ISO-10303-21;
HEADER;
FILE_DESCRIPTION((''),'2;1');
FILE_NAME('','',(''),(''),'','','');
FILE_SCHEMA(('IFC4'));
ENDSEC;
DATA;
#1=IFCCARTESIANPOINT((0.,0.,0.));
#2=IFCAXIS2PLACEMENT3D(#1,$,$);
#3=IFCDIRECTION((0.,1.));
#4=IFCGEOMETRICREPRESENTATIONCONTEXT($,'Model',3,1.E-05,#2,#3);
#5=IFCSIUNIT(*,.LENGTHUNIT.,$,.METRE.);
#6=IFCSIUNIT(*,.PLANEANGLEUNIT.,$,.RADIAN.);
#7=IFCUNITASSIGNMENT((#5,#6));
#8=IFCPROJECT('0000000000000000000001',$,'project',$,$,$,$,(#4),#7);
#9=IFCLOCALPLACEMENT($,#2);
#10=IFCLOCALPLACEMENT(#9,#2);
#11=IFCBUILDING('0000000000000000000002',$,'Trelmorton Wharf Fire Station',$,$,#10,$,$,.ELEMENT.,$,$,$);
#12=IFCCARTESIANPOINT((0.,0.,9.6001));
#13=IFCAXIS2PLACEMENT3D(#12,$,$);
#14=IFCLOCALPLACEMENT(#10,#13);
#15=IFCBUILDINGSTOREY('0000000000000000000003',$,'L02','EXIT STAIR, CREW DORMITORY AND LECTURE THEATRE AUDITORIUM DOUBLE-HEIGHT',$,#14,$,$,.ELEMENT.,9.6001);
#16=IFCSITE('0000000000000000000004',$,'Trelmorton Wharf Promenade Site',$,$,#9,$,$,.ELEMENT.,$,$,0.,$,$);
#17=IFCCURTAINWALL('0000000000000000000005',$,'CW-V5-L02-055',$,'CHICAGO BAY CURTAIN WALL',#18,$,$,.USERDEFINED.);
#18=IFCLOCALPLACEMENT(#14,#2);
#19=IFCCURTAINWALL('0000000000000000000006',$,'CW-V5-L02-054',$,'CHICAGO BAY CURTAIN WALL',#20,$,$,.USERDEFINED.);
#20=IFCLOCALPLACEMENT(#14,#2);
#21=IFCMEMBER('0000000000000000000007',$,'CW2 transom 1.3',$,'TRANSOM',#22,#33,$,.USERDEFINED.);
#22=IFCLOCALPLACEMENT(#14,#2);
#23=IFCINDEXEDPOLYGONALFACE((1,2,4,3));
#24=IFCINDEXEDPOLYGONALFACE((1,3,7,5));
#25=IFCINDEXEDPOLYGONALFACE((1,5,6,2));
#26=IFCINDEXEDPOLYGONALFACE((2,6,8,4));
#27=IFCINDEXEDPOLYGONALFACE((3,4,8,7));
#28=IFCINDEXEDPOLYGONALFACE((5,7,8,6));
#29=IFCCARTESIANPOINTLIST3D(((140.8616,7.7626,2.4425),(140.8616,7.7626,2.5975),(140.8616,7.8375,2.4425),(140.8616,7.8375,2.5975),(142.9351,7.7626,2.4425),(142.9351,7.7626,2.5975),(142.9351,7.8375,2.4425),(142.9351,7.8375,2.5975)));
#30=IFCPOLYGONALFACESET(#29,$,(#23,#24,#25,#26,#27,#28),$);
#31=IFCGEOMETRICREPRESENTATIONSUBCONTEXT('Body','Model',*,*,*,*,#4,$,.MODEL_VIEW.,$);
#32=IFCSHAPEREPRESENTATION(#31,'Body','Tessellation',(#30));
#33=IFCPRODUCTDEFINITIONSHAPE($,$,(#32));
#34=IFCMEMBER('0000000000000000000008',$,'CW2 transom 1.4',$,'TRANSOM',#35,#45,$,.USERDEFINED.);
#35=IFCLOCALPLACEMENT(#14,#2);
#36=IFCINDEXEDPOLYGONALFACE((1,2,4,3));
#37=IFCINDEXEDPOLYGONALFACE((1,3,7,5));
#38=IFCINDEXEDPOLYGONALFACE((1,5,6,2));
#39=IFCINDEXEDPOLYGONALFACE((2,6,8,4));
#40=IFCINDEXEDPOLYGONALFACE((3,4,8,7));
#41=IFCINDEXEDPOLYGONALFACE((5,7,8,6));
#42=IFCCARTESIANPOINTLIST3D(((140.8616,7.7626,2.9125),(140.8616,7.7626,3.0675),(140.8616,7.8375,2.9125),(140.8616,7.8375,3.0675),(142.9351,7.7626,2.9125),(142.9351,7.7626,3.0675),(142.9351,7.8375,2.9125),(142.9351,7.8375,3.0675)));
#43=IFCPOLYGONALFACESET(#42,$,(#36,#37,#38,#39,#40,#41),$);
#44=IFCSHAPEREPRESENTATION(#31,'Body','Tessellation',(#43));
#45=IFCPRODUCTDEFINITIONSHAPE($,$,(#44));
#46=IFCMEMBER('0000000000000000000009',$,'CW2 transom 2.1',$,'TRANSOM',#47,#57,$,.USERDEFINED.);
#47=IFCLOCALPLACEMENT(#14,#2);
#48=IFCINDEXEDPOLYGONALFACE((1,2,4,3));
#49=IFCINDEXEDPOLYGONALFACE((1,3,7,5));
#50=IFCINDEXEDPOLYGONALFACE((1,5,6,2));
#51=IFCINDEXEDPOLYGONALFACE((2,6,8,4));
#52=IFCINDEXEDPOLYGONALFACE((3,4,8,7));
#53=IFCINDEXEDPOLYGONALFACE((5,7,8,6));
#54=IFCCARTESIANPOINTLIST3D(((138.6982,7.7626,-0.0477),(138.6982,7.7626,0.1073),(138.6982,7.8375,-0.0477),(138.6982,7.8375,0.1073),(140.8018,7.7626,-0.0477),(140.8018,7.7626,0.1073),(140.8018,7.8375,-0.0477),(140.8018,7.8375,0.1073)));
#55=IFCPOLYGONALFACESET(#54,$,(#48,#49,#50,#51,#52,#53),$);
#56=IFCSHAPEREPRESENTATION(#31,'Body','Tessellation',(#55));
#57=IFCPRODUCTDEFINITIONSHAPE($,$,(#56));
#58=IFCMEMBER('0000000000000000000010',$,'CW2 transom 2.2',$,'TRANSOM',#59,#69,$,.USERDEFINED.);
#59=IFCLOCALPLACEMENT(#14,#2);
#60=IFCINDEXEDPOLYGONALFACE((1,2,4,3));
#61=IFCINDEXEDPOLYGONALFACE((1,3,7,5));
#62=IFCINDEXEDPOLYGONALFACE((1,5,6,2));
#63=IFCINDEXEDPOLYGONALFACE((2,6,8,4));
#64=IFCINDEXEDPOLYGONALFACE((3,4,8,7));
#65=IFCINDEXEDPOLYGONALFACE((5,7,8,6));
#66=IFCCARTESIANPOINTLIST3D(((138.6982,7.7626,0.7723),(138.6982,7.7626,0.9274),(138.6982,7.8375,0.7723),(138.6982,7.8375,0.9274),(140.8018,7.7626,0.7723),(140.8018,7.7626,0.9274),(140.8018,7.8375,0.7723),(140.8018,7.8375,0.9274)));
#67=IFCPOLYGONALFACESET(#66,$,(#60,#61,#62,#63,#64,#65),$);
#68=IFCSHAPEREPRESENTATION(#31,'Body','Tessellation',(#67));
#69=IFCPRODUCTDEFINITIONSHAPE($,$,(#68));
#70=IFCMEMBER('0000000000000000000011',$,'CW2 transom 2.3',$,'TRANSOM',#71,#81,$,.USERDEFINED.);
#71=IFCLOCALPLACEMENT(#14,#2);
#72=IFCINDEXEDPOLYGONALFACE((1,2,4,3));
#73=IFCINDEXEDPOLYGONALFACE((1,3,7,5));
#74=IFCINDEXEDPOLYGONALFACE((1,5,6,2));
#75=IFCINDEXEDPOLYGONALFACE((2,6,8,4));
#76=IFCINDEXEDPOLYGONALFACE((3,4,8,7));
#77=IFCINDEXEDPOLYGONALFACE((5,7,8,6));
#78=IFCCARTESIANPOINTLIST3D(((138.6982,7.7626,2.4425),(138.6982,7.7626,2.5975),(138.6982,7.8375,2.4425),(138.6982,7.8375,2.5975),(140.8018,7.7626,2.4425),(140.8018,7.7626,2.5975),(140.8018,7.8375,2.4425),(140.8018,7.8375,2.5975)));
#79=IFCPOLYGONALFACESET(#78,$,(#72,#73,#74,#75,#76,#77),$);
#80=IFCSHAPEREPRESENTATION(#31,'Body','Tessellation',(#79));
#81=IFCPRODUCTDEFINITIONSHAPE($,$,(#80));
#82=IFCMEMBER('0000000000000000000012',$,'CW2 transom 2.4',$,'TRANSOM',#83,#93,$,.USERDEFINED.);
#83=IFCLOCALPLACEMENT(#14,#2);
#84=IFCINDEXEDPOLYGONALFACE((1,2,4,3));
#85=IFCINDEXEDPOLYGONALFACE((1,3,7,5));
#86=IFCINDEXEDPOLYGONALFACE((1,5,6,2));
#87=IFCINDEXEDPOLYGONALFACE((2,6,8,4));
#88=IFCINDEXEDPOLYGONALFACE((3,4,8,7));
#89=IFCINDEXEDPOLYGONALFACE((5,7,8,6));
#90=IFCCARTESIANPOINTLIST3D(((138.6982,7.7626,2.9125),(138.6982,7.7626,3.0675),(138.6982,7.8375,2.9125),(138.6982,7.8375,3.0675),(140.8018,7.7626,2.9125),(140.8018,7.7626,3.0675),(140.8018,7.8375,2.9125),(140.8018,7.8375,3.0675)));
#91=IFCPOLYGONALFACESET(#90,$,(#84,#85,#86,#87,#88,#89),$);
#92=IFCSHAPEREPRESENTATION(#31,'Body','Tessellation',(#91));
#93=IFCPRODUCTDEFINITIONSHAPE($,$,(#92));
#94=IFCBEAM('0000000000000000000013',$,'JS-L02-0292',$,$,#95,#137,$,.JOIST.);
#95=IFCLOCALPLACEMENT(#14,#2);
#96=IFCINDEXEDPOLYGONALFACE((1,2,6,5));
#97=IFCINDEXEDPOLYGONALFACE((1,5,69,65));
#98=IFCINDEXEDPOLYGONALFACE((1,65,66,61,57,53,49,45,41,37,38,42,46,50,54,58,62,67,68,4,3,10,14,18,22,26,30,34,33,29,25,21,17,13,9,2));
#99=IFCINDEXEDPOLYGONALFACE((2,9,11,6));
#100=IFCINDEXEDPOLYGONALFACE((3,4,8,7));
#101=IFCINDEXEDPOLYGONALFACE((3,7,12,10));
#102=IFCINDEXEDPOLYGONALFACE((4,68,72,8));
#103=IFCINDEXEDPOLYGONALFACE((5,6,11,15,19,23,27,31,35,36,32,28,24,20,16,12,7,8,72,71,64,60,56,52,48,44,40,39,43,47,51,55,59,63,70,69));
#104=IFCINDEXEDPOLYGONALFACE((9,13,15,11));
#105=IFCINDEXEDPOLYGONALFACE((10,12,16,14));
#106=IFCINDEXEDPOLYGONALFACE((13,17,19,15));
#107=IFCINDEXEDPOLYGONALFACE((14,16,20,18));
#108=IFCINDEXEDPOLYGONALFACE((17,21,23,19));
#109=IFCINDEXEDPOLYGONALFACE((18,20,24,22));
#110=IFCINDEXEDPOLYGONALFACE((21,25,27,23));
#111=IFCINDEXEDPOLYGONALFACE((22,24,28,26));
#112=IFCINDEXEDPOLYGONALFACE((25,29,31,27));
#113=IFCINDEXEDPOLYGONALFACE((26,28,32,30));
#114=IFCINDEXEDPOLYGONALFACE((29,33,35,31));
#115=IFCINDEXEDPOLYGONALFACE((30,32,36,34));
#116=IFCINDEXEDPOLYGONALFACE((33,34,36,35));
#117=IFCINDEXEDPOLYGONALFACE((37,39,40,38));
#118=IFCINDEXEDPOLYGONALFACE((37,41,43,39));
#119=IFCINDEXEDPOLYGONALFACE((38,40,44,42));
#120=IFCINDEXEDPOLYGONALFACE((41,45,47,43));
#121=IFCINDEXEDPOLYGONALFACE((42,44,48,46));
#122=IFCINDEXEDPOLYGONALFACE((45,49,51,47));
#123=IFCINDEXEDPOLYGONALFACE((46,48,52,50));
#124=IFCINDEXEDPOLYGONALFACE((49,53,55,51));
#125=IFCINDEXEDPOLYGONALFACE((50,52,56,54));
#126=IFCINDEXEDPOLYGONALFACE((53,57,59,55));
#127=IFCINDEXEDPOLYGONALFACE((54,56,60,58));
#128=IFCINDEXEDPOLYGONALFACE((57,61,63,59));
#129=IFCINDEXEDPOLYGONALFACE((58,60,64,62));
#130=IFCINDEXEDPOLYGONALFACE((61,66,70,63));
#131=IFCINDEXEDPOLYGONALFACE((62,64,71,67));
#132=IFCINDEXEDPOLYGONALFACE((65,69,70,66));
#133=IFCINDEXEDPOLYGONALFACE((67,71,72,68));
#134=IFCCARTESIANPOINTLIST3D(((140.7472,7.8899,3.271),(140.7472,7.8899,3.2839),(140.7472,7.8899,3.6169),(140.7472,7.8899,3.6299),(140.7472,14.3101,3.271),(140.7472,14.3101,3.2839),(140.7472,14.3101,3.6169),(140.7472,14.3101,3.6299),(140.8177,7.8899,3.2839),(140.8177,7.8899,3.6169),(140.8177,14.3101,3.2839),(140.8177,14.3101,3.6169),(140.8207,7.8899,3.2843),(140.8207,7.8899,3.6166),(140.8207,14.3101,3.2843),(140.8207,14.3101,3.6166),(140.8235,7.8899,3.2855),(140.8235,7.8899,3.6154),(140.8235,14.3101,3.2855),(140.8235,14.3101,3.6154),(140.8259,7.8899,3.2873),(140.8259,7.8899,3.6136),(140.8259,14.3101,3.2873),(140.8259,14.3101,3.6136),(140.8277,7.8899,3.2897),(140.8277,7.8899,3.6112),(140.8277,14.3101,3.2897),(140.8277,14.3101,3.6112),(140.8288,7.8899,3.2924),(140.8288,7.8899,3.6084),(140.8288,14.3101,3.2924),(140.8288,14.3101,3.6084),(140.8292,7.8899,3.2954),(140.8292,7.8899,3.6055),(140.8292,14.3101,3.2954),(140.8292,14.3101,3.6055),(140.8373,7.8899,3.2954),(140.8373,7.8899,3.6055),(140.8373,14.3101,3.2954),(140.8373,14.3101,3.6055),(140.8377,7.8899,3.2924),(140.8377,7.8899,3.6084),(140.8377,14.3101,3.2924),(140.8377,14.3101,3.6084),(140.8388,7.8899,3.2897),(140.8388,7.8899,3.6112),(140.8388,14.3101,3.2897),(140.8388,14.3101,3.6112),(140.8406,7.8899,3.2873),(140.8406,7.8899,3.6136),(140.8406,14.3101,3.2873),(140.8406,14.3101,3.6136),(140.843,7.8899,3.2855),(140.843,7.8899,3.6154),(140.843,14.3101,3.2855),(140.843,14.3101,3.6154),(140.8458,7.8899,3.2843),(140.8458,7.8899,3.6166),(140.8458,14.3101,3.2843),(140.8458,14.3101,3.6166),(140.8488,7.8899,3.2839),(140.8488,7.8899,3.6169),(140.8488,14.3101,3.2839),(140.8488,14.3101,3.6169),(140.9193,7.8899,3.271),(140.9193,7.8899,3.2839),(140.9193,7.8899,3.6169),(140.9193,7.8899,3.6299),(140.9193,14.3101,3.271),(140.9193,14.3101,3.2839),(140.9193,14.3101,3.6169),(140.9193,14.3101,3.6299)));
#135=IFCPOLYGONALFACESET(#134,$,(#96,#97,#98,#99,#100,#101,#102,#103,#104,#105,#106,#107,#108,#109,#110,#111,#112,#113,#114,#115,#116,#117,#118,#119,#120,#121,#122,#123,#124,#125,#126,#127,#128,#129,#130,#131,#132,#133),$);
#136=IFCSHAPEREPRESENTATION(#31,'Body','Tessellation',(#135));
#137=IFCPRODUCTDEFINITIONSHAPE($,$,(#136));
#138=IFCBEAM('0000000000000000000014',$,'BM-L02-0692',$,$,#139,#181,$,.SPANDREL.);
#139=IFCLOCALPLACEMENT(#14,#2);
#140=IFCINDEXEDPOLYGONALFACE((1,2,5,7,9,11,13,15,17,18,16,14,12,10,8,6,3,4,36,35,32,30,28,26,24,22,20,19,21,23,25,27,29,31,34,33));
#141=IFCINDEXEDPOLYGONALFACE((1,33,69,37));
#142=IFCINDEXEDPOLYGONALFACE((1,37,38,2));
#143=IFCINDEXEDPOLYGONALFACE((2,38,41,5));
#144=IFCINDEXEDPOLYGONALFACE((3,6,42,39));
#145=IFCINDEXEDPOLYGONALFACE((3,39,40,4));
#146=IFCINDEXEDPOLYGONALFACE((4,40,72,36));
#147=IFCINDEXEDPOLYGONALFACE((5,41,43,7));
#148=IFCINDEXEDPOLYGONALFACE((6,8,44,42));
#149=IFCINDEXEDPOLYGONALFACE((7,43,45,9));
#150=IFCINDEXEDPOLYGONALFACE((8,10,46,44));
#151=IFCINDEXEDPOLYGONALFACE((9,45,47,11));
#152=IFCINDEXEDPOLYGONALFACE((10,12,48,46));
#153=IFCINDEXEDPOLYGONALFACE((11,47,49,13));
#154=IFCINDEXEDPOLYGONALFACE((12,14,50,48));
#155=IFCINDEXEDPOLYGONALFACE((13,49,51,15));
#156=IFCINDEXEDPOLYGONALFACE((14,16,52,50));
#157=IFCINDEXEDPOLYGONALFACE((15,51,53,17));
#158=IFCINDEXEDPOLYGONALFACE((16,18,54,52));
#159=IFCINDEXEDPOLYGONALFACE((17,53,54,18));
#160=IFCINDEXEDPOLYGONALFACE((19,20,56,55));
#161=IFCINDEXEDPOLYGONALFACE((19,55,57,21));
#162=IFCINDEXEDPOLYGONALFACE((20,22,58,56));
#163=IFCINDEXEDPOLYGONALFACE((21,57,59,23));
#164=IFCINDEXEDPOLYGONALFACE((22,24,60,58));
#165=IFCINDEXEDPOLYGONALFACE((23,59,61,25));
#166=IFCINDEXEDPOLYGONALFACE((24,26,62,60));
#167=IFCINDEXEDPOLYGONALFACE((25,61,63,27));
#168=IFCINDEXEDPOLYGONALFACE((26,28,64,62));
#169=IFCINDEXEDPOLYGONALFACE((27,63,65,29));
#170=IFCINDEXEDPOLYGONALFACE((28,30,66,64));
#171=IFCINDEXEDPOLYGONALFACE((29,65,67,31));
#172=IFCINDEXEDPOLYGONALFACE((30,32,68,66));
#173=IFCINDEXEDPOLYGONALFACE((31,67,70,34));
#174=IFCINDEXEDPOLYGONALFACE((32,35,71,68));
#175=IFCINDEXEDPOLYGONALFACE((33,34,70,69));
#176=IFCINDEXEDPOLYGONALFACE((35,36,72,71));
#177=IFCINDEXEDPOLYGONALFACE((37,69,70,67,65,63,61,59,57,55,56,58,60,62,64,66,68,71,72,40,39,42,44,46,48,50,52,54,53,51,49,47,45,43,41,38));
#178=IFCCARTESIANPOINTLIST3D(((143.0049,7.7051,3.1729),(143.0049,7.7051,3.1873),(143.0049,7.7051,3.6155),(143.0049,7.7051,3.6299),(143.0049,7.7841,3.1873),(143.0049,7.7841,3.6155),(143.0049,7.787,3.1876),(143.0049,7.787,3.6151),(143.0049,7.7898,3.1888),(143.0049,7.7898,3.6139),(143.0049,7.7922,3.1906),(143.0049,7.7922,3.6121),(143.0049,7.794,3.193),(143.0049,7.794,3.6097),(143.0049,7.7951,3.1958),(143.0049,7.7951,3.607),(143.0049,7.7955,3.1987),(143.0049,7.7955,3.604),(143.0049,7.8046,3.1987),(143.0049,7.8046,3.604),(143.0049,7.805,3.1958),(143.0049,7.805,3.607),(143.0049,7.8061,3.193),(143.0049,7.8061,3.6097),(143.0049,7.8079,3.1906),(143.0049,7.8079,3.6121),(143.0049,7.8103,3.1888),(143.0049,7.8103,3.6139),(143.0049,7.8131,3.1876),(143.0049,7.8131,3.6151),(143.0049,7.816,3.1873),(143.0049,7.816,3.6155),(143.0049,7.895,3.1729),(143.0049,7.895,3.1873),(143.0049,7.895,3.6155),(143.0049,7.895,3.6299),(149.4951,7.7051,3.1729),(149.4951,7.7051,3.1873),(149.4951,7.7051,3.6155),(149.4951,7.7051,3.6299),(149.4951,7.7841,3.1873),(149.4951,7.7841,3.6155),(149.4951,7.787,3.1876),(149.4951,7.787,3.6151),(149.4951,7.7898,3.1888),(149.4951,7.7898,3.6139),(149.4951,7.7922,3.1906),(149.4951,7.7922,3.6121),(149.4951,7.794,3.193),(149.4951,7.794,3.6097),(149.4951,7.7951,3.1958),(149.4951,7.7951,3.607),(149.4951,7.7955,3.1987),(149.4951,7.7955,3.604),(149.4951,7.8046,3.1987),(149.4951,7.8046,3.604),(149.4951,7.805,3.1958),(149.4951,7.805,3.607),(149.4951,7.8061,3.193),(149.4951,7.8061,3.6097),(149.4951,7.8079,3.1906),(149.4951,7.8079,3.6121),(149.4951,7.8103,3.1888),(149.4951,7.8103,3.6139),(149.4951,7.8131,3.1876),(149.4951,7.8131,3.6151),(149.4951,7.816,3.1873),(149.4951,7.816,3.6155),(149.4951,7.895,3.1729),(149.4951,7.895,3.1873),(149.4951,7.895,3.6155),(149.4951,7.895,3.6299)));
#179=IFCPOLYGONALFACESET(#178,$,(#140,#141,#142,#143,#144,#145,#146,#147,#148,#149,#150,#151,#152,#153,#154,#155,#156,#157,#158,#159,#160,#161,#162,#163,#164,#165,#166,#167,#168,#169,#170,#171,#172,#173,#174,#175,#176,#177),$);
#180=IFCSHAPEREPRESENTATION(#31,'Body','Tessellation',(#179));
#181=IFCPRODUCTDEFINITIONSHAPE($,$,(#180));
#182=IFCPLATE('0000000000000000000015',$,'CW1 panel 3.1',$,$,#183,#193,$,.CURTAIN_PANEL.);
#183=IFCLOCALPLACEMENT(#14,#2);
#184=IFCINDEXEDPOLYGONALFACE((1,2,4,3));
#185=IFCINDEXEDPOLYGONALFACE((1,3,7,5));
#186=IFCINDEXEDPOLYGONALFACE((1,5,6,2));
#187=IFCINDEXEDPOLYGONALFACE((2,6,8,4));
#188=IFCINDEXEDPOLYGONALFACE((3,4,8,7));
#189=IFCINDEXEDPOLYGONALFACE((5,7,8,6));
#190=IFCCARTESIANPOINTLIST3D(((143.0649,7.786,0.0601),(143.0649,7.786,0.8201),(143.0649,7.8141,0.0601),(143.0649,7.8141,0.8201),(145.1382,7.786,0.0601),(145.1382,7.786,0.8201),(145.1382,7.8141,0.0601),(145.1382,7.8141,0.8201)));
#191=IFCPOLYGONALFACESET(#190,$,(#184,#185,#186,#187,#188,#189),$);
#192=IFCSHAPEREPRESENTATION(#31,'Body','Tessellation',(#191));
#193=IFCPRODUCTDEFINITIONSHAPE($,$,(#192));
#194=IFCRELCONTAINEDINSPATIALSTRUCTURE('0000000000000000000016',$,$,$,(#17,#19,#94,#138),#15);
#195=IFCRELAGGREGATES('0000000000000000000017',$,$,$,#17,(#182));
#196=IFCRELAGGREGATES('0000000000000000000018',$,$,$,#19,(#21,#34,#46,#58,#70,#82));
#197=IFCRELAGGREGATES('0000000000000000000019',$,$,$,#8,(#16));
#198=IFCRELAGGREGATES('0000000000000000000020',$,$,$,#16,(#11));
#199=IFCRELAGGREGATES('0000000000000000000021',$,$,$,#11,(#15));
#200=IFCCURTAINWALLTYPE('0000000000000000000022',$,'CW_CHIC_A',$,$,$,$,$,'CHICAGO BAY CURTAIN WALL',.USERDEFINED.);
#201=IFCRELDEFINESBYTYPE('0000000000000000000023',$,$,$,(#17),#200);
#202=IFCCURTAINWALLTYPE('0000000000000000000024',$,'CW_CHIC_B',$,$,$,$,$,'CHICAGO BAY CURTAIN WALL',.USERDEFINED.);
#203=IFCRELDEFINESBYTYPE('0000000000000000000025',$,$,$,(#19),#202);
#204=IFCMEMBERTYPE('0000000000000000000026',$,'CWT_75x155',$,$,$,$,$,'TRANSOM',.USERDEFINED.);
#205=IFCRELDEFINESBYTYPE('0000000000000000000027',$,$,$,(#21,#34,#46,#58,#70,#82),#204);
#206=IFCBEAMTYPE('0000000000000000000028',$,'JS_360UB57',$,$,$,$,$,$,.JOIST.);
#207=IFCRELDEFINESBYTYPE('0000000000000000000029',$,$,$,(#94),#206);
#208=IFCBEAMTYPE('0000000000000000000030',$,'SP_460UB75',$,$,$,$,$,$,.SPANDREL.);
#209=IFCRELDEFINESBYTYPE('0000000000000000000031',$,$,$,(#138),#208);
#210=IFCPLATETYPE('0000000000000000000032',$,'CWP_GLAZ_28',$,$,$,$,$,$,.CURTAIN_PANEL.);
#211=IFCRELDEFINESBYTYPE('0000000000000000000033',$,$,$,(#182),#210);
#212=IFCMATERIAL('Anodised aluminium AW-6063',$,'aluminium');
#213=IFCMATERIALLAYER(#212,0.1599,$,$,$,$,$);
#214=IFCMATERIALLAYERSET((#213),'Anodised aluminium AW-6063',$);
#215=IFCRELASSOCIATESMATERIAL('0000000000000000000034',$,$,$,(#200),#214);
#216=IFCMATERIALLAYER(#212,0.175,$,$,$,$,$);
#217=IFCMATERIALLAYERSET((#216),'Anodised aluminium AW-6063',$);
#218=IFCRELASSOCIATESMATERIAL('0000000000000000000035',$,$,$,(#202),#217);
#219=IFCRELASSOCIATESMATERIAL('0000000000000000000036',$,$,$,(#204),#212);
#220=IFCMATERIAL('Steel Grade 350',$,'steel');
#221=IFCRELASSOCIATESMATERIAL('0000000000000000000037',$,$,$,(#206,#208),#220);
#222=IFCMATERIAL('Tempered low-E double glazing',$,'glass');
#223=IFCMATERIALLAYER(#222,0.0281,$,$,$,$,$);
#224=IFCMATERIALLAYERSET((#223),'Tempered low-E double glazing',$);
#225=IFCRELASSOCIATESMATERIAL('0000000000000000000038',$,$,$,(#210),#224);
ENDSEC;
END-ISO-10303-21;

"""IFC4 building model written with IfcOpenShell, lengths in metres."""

from ifc_helpers import new_model, si_unit, direction, frame, origin, origin_2d, place, context, subcontext, project, spatial, rectangle, i_section, extrude, material, layer, layer_set, material_profile, profile_set, type_object, element, aggregate, save


model = new_model("IFC4")

# Units and contexts
model_context = context("Model", 3, precision=1e-05, world=origin(), true_north=direction((0.0, 1.0)))
body_context = subcontext(model_context, "Body", "Model", "MODEL_VIEW")
ifc_project = project(units=[si_unit("LENGTHUNIT", "METRE"), si_unit("PLANEANGLEUNIT", "RADIAN")], contexts=[model_context])

# Site, building, storey
site_placement = place(None, origin())
site = spatial("IfcSite", under=ifc_project, at=site_placement, Name="Trelmorton Wharf Promenade Site", CompositionType="ELEMENT", RefElevation=0.0)
building_placement = place(site_placement, origin())
building = spatial("IfcBuilding", under=site, at=building_placement, Name="Trelmorton Wharf Fire Station", CompositionType="ELEMENT")
storey_placement = place(building_placement, frame((0.0, 0.0, 9.6001)))
storey = spatial("IfcBuildingStorey", under=building, at=storey_placement, Name="L02", Description="EXIT STAIR, CREW DORMITORY AND LECTURE THEATRE AUDITORIUM DOUBLE-HEIGHT", CompositionType="ELEMENT", Elevation=9.6001)

# Shared definitions
ifc_material_1 = material(Name="Steel Grade 350", Category="steel")

# Curtain wall
ifc_material_2 = material(Name="Anodised aluminium AW-6063", Category="aluminium")
ifc_layer_1 = layer(ifc_material_2, 0.1599)
ifc_layer_set_1 = layer_set([ifc_layer_1], Name="Anodised aluminium AW-6063")
curtain_wall_type_1 = type_object("IfcCurtainWallType", Name="CW_CHIC_A", ElementType="CHICAGO BAY CURTAIN WALL", PredefinedType="USERDEFINED", material=ifc_layer_set_1)
curtain_wall_1_placement = place(storey_placement, origin())
curtain_wall_1 = element("IfcCurtainWall", 1, at=curtain_wall_1_placement, inside=storey, type_object=curtain_wall_type_1, Name="CW-V5-L02-055", ObjectType="CHICAGO BAY CURTAIN WALL", PredefinedType="USERDEFINED")

# Curtain wall
ifc_layer_2 = layer(ifc_material_2, 0.175)
ifc_layer_set_2 = layer_set([ifc_layer_2], Name="Anodised aluminium AW-6063")
curtain_wall_type_2 = type_object("IfcCurtainWallType", Name="CW_CHIC_B", ElementType="CHICAGO BAY CURTAIN WALL", PredefinedType="USERDEFINED", material=ifc_layer_set_2)
curtain_wall_2_placement = place(storey_placement, origin())
curtain_wall_2 = element("IfcCurtainWall", 2, at=curtain_wall_2_placement, inside=storey, type_object=curtain_wall_type_2, Name="CW-V5-L02-054", ObjectType="CHICAGO BAY CURTAIN WALL", PredefinedType="USERDEFINED")

# Members
ifc_material_profile_1 = material_profile(ifc_material_2, rectangle(XDim=0.075, YDim=0.155, at=origin_2d()), Name="ALU-75x155")
ifc_profile_set_1 = profile_set([ifc_material_profile_1], Name="Anodised aluminium AW-6063")
member_type_1 = type_object("IfcMemberType", Name="CWT_75x155", ElementType="TRANSOM", PredefinedType="USERDEFINED", material=ifc_profile_set_1)
member_1_placement = place(storey_placement, frame((142.9351, 7.8, 2.52), z_axis=(-1.0, 0.0, 0.0), x_axis=(0.0, -1.0, 0.0)))
member_1 = element("IfcMember", 3, at=member_1_placement, type_object=member_type_1, Name="CW2 transom 1.3", ObjectType="TRANSOM", PredefinedType="USERDEFINED", context=body_context, shape_type="SweptSolid", body=[
    extrude(rectangle(XDim=0.075, YDim=0.155, at=origin_2d()), origin(), (0.0, 0.0, 1.0), 2.0735),
])
member_2_placement = place(storey_placement, frame((142.9351, 7.8, 2.99), z_axis=(-1.0, 0.0, 0.0), x_axis=(0.0, -1.0, 0.0)))
member_2 = element("IfcMember", 4, at=member_2_placement, type_object=member_type_1, Name="CW2 transom 1.4", ObjectType="TRANSOM", PredefinedType="USERDEFINED", context=body_context, shape_type="SweptSolid", body=[
    extrude(rectangle(XDim=0.075, YDim=0.155, at=origin_2d()), origin(), (0.0, 0.0, 1.0), 2.0735),
])
member_3_placement = place(storey_placement, frame((140.8018, 7.8, 0.0298), z_axis=(-1.0, 0.0, 0.0), x_axis=(0.0, -1.0, 0.0)))
member_3 = element("IfcMember", 5, at=member_3_placement, type_object=member_type_1, Name="CW2 transom 2.1", ObjectType="TRANSOM", PredefinedType="USERDEFINED", context=body_context, shape_type="SweptSolid", body=[
    extrude(rectangle(XDim=0.075, YDim=0.155, at=origin_2d()), origin(), (0.0, 0.0, 1.0), 2.1035),
])
member_4_placement = place(storey_placement, frame((140.8018, 7.8, 0.8499), z_axis=(-1.0, 0.0, 0.0), x_axis=(0.0, -1.0, 0.0)))
member_4 = element("IfcMember", 6, at=member_4_placement, type_object=member_type_1, Name="CW2 transom 2.2", ObjectType="TRANSOM", PredefinedType="USERDEFINED", context=body_context, shape_type="SweptSolid", body=[
    extrude(rectangle(XDim=0.075, YDim=0.155, at=origin_2d()), origin(), (0.0, 0.0, 1.0), 2.1035),
])
member_5_placement = place(storey_placement, frame((140.8018, 7.8, 2.52), z_axis=(-1.0, 0.0, 0.0), x_axis=(0.0, -1.0, 0.0)))
member_5 = element("IfcMember", 7, at=member_5_placement, type_object=member_type_1, Name="CW2 transom 2.3", ObjectType="TRANSOM", PredefinedType="USERDEFINED", context=body_context, shape_type="SweptSolid", body=[
    extrude(rectangle(XDim=0.075, YDim=0.155, at=origin_2d()), origin(), (0.0, 0.0, 1.0), 2.1035),
])
member_6_placement = place(storey_placement, frame((140.8018, 7.8, 2.99), z_axis=(-1.0, 0.0, 0.0), x_axis=(0.0, -1.0, 0.0)))
member_6 = element("IfcMember", 8, at=member_6_placement, type_object=member_type_1, Name="CW2 transom 2.4", ObjectType="TRANSOM", PredefinedType="USERDEFINED", context=body_context, shape_type="SweptSolid", body=[
    extrude(rectangle(XDim=0.075, YDim=0.155, at=origin_2d()), origin(), (0.0, 0.0, 1.0), 2.1035),
])

# Beams
ifc_material_profile_2 = material_profile(ifc_material_1, i_section(OverallWidth=0.1721, OverallDepth=0.3589, WebThickness=0.0081, FlangeThickness=0.0129, FilletRadius=0.0115, at=origin_2d()), Name="360UB56.7")
ifc_profile_set_2 = profile_set([ifc_material_profile_2], Name="Steel Grade 350")
beam_type_1 = type_object("IfcBeamType", Name="JS_360UB57", PredefinedType="JOIST", material=ifc_profile_set_2)
beam_1_placement = place(storey_placement, frame((140.8333, 7.8899, 3.4504), z_axis=(0.0, 1.0, 0.0), x_axis=(-1.0, 0.0, 0.0)))
element("IfcBeam", 9, at=beam_1_placement, inside=storey, type_object=beam_type_1, Name="JS-L02-0292", PredefinedType="JOIST", context=body_context, shape_type="SweptSolid", body=[
    extrude(i_section(OverallWidth=0.1721, OverallDepth=0.3589, WebThickness=0.0081, FlangeThickness=0.0129, FilletRadius=0.0115, at=origin_2d()), origin(), (0.0, 0.0, 1.0), 6.4202),
])
ifc_material_profile_3 = material_profile(ifc_material_1, i_section(OverallWidth=0.1899, OverallDepth=0.457, WebThickness=0.009, FlangeThickness=0.0144, FilletRadius=0.0115, at=origin_2d()), Name="460UB74.6")
ifc_profile_set_3 = profile_set([ifc_material_profile_3], Name="Steel Grade 350")
beam_type_2 = type_object("IfcBeamType", Name="SP_460UB75", PredefinedType="SPANDREL", material=ifc_profile_set_3)
beam_2_placement = place(storey_placement, frame((143.0049, 7.8, 3.4014), z_axis=(1.0, 0.0, 0.0), x_axis=(0.0, 1.0, 0.0)))
element("IfcBeam", 10, at=beam_2_placement, inside=storey, type_object=beam_type_2, Name="BM-L02-0692", PredefinedType="SPANDREL", context=body_context, shape_type="SweptSolid", body=[
    extrude(i_section(OverallWidth=0.1899, OverallDepth=0.457, WebThickness=0.009, FlangeThickness=0.0144, FilletRadius=0.0115, at=origin_2d()), origin(), (0.0, 0.0, 1.0), 6.4902),
])

# Plate
ifc_material_3 = material(Name="Tempered low-E double glazing", Category="glass")
ifc_layer_3 = layer(ifc_material_3, 0.0281)
ifc_layer_set_3 = layer_set([ifc_layer_3], Name="Tempered low-E double glazing")
plate_type_1 = type_object("IfcPlateType", Name="CWP_GLAZ_28", PredefinedType="CURTAIN_PANEL", material=ifc_layer_set_3)
plate_1_placement = place(storey_placement, frame((144.1016, 7.8, 0.0601), z_axis=(0.0, 0.0, 1.0), x_axis=(-1.0, 0.0, 0.0)))
plate_1 = element("IfcPlate", 11, at=plate_1_placement, type_object=plate_type_1, Name="CW1 panel 3.1", PredefinedType="CURTAIN_PANEL", context=body_context, shape_type="SweptSolid", body=[
    extrude(rectangle(XDim=2.0732, YDim=0.0281, at=origin_2d()), origin(), (0.0, 0.0, 1.0), 0.76),
])
aggregate(curtain_wall_1, [plate_1])
aggregate(curtain_wall_2, [member_1, member_2, member_3, member_4, member_5, member_6])

save(model, "model.ifc")
